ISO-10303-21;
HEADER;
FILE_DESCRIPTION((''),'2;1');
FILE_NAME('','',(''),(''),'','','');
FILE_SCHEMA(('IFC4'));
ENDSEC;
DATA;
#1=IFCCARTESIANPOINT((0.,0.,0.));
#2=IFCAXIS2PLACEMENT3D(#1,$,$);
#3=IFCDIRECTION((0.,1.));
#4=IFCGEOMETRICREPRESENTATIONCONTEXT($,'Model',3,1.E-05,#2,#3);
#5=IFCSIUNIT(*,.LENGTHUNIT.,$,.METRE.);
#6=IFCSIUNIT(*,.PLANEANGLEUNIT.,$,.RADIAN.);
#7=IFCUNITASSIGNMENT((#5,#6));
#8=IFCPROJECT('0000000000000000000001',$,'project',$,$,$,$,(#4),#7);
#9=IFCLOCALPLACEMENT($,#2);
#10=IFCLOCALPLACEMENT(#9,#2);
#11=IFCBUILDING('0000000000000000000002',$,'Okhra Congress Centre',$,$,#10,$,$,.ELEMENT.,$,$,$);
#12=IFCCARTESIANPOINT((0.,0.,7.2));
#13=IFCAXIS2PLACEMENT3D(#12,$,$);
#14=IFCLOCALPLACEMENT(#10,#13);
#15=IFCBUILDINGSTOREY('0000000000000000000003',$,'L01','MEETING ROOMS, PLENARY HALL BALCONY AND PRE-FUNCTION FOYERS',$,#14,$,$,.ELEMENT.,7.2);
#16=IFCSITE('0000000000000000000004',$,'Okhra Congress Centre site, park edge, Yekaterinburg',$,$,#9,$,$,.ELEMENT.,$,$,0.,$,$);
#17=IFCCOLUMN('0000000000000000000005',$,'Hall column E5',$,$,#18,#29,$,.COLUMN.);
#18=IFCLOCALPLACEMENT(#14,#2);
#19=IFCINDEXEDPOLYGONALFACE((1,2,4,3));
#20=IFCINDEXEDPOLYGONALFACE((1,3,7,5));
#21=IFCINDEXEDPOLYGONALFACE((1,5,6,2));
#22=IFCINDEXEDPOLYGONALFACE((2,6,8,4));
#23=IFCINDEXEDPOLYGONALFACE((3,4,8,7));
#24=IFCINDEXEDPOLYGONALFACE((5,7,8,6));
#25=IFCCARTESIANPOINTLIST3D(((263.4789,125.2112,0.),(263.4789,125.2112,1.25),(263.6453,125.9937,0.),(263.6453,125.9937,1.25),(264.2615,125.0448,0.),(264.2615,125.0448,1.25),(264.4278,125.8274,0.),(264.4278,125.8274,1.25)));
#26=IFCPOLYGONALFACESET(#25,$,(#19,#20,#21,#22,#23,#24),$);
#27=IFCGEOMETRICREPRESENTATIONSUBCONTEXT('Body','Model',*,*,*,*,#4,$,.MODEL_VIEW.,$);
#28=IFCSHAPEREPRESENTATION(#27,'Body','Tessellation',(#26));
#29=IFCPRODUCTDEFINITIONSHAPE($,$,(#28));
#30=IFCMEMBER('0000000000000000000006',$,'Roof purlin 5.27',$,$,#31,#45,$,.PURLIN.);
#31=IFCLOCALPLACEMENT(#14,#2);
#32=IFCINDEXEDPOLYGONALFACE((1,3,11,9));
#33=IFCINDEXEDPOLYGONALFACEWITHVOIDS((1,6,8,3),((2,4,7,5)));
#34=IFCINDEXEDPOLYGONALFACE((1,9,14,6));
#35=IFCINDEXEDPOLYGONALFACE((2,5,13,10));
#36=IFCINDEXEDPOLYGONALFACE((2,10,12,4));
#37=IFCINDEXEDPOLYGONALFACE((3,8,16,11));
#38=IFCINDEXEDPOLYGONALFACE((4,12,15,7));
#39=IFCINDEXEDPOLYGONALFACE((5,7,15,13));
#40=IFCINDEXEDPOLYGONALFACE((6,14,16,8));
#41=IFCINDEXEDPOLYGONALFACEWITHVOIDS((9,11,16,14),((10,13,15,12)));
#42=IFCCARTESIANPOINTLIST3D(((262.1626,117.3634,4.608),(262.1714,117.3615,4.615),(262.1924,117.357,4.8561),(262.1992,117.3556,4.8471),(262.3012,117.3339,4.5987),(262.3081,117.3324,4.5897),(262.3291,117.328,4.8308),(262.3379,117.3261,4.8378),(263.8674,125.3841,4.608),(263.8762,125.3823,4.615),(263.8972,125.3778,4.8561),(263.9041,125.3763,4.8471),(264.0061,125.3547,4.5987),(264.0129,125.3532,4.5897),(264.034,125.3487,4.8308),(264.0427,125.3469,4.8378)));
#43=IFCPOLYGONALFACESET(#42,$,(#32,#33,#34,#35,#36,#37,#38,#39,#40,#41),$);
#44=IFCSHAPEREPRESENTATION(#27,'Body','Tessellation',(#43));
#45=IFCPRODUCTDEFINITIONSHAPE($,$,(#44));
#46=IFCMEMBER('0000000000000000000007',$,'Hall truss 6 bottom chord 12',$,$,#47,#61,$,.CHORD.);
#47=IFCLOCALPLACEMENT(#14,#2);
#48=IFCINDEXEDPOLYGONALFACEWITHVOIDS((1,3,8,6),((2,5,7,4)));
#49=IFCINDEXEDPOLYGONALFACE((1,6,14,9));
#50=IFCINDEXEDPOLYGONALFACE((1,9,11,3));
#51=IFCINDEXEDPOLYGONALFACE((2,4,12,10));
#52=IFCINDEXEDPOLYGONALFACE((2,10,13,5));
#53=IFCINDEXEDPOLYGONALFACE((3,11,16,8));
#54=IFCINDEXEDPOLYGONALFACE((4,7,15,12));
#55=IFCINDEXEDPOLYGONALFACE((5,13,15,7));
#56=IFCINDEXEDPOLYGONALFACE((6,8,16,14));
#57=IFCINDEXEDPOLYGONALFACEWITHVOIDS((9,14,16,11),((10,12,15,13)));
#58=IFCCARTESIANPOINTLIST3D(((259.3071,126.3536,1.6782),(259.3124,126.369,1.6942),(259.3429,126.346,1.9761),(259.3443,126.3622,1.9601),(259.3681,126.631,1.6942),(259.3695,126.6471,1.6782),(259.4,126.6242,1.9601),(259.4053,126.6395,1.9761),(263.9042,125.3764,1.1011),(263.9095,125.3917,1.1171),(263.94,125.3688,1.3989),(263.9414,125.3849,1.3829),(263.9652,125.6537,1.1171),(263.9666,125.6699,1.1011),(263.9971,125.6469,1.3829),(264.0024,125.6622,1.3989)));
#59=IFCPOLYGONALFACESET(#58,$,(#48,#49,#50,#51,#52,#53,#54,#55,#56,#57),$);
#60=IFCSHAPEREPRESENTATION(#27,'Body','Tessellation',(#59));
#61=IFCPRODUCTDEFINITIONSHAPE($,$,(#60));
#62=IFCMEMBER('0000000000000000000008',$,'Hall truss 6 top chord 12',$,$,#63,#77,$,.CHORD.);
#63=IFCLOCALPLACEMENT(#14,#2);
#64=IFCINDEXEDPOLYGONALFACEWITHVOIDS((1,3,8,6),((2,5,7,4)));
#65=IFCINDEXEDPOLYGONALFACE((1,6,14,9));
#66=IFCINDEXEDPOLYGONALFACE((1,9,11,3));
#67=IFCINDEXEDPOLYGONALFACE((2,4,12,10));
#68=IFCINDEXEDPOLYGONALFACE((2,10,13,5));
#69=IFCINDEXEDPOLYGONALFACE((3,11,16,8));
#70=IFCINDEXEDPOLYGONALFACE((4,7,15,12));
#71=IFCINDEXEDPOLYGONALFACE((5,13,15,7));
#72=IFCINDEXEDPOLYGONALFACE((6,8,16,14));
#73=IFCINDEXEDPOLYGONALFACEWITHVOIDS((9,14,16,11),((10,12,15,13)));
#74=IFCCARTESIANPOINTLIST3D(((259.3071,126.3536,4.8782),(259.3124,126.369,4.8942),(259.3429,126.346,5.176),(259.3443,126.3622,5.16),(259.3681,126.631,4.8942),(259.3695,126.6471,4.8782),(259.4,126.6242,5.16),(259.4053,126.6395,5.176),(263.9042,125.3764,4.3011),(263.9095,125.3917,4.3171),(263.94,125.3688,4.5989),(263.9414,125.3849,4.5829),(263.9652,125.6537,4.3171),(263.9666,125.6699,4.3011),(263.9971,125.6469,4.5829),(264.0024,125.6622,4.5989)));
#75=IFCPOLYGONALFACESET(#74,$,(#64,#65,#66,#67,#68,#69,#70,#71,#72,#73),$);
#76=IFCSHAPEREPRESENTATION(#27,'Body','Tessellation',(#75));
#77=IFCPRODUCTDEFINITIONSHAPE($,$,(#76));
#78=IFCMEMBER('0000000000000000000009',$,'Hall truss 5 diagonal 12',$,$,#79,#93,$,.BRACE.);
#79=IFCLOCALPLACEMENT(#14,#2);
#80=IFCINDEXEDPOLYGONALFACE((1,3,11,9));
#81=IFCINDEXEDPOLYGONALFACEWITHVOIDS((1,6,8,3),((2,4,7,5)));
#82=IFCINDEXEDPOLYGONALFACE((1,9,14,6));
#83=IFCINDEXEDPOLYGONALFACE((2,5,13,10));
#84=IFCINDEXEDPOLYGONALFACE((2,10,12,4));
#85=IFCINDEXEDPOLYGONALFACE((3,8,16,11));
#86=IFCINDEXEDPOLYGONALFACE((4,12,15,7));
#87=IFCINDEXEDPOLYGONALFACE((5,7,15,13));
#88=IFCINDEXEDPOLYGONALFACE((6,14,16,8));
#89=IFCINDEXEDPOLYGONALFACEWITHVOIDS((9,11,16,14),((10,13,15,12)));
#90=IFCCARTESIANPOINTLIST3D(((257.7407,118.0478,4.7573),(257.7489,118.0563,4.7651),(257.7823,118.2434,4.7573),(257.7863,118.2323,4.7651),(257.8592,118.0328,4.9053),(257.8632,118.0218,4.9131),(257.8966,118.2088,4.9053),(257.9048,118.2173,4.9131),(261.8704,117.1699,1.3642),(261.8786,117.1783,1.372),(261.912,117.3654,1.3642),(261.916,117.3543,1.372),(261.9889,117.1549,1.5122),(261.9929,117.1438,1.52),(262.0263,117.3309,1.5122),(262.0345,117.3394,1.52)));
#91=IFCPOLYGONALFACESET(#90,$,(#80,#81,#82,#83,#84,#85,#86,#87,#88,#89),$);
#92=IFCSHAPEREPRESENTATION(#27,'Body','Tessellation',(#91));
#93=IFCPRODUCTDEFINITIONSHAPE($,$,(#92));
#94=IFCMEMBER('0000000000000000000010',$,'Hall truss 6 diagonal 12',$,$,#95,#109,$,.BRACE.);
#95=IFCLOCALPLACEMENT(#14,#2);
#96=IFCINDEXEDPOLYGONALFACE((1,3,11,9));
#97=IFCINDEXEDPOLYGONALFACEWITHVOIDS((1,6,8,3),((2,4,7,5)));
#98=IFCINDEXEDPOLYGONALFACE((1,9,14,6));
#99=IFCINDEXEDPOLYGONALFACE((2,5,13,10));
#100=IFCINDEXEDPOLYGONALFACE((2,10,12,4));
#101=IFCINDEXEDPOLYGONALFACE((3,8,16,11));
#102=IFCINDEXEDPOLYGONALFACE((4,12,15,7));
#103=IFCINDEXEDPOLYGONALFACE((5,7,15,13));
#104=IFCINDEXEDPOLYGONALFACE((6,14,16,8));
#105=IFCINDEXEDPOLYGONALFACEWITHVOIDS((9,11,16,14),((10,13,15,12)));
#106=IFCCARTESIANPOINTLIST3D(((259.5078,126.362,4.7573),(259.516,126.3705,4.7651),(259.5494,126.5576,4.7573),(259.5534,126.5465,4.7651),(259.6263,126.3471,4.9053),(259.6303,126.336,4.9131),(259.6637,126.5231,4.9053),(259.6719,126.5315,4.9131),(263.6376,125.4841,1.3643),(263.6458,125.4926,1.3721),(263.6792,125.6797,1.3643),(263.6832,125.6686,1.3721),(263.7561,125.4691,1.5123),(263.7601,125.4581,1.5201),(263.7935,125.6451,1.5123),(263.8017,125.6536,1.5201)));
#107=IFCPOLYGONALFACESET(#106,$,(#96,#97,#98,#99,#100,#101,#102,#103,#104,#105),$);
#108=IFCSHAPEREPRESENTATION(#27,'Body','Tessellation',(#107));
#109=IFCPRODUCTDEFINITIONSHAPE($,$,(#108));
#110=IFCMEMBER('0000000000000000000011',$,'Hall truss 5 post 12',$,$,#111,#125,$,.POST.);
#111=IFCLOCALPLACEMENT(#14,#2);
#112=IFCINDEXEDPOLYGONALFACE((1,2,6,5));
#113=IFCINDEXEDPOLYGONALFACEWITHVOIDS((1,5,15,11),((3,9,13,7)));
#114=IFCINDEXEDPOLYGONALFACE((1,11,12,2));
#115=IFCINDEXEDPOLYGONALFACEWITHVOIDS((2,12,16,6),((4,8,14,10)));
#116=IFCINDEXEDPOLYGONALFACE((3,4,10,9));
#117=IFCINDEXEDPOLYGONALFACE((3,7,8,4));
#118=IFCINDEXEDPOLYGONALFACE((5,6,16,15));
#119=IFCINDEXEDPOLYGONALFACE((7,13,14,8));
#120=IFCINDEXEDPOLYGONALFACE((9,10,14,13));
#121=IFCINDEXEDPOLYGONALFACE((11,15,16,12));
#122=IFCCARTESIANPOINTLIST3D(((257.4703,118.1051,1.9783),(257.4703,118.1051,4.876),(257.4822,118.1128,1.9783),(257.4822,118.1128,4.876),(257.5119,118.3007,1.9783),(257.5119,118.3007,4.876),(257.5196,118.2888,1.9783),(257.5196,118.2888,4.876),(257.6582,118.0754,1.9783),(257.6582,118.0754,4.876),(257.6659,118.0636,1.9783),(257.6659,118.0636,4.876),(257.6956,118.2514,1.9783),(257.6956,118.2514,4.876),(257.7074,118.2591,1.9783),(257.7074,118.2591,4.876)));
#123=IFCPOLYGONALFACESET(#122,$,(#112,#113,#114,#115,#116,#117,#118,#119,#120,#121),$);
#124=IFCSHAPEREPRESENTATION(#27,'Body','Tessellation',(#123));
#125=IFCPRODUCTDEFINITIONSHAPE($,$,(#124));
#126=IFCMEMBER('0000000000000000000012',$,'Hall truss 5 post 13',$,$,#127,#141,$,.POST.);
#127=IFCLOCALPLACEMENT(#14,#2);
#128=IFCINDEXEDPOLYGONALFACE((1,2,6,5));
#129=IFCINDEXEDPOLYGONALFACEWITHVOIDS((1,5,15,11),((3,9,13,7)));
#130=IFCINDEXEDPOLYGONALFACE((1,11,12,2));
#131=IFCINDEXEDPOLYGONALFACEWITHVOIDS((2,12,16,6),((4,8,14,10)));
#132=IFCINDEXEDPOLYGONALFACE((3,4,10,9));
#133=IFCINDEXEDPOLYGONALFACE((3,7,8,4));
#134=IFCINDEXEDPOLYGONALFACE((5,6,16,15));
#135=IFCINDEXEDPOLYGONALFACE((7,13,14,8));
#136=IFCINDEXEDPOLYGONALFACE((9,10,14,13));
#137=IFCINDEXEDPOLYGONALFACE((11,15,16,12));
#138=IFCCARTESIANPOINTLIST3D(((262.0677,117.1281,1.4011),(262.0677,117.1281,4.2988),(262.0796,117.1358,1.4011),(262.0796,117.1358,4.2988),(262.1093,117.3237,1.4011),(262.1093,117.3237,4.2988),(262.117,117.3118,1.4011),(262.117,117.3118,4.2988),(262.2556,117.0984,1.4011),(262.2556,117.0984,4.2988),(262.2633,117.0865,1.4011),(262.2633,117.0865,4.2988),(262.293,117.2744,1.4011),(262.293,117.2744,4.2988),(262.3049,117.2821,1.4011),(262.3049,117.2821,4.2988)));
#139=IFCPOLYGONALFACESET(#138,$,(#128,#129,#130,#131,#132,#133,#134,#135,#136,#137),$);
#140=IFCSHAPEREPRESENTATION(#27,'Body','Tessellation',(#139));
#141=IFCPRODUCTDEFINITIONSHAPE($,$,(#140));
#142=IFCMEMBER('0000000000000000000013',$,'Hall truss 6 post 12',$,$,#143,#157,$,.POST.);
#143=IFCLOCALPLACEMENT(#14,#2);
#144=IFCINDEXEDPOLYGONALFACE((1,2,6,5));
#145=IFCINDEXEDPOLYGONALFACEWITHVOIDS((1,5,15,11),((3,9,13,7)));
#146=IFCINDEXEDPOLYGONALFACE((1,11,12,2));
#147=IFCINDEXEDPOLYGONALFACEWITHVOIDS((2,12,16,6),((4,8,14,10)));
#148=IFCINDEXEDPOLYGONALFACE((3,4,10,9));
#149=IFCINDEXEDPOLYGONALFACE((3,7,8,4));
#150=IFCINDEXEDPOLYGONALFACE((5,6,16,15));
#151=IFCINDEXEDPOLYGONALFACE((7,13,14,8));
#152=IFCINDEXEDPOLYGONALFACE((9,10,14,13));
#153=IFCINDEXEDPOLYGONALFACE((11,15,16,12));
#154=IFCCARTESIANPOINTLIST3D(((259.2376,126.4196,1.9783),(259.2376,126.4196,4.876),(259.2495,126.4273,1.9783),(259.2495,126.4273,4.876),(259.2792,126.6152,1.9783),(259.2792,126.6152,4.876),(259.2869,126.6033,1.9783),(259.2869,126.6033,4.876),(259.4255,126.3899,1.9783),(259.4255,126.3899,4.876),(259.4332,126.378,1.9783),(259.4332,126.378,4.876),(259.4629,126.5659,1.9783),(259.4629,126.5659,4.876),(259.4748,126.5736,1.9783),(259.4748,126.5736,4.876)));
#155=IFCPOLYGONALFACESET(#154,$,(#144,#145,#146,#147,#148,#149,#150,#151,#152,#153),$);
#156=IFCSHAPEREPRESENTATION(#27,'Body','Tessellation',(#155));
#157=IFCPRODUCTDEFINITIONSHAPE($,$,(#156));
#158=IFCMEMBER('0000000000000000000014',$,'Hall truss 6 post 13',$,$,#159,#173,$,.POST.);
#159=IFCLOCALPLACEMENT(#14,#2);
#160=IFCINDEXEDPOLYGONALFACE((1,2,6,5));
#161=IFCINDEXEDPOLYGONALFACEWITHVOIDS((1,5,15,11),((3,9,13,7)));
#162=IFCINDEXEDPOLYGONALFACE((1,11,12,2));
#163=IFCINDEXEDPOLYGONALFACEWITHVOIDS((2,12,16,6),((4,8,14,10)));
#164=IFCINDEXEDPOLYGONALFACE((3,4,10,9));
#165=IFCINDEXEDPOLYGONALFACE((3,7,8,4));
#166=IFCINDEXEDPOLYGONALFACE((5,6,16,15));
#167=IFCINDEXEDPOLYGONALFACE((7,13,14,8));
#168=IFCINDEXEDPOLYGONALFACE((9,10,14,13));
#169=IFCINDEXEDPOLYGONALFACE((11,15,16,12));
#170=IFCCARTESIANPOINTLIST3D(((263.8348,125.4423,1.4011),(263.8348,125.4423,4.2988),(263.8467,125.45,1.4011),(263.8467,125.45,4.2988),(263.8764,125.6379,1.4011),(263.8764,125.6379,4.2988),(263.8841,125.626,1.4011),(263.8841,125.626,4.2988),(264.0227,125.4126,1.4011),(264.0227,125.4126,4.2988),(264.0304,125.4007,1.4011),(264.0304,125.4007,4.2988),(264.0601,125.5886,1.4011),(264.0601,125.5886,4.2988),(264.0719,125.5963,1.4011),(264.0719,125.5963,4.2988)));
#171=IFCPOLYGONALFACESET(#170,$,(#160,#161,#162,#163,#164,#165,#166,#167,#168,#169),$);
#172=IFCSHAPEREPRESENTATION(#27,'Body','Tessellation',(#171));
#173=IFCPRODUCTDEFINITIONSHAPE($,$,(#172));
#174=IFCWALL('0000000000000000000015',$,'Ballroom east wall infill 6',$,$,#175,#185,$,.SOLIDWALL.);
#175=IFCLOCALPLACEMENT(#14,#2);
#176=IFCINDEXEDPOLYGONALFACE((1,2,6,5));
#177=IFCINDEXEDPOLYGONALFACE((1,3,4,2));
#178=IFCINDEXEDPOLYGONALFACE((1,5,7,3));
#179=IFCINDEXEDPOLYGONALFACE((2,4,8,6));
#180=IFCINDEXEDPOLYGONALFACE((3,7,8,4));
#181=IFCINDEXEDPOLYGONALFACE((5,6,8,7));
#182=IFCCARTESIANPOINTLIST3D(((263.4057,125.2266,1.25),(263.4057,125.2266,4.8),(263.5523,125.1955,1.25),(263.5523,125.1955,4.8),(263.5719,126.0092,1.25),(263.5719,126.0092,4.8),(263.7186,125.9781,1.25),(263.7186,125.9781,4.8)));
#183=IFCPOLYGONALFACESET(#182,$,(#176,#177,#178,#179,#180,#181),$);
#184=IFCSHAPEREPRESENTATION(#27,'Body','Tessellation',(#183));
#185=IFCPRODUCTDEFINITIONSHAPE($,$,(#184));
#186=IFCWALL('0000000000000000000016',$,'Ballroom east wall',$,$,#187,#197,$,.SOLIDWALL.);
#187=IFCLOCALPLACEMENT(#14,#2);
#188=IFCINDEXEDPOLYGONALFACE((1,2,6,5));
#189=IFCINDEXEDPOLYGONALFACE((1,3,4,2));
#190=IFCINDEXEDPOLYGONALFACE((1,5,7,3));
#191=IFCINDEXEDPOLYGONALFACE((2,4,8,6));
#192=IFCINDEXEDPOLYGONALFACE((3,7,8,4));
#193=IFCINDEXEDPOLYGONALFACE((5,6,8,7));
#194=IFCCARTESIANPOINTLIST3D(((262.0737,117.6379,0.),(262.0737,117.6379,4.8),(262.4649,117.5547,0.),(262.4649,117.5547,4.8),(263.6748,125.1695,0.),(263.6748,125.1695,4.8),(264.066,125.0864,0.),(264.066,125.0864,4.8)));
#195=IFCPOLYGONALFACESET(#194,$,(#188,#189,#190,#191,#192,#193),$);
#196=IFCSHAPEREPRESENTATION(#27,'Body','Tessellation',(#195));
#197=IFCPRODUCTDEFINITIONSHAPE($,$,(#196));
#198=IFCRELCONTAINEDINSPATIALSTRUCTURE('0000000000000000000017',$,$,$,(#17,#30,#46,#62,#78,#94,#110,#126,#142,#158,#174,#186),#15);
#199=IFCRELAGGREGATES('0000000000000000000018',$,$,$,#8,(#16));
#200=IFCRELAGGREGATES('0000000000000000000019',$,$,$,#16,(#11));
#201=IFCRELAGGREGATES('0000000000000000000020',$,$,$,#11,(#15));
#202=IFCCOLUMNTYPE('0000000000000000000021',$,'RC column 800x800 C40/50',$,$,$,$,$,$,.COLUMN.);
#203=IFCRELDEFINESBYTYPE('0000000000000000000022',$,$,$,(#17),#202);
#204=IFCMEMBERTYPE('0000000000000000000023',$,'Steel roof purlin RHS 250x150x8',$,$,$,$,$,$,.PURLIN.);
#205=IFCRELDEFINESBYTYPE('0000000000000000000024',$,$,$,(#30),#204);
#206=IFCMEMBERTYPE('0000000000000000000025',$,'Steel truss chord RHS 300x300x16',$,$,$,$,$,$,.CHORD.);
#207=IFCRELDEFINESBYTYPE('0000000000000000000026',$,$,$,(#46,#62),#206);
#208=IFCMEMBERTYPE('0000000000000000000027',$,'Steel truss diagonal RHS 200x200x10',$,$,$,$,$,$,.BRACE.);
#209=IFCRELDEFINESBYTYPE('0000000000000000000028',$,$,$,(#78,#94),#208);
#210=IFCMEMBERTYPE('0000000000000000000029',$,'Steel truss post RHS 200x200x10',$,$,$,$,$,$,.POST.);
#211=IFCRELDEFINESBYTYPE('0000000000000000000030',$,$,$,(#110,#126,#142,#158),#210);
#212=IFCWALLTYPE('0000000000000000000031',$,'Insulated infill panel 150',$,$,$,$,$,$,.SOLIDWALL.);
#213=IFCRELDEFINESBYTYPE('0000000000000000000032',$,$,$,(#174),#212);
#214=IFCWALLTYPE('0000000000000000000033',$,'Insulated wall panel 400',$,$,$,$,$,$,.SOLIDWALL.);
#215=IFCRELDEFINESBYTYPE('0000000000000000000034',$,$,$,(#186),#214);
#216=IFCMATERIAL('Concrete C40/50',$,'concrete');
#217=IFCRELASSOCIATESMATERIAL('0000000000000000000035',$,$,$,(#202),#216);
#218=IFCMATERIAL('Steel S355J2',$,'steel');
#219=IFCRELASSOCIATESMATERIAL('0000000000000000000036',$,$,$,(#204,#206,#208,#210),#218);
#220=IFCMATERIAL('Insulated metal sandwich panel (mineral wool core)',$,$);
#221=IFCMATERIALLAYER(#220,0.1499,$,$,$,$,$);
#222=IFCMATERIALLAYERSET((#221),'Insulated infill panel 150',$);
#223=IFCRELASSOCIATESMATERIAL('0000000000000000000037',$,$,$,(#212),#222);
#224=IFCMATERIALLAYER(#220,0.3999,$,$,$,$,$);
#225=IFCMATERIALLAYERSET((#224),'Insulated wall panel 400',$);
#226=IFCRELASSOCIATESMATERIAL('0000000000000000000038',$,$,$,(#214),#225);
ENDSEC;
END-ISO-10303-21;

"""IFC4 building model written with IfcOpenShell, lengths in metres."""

from ifc_helpers import new_model, si_unit, direction, frame, frame_2d, origin, origin_2d, place, context, subcontext, project, spatial, rectangle, hollow_rectangle, extrude, material, layer, layer_set, material_profile, profile_set, type_object, element, save


model = new_model("IFC4")

# Units and contexts
model_context = context("Model", 3, precision=1e-05, world=origin(), true_north=direction((0.0, 1.0)))
body_context = subcontext(model_context, "Body", "Model", "MODEL_VIEW")
ifc_project = project(units=[si_unit("LENGTHUNIT", "METRE"), si_unit("PLANEANGLEUNIT", "RADIAN")], contexts=[model_context])

# Site, building, storey
site_placement = place(None, origin())
site = spatial("IfcSite", under=ifc_project, at=site_placement, Name="Okhra Congress Centre site, park edge, Yekaterinburg", CompositionType="ELEMENT", RefElevation=0.0)
building_placement = place(site_placement, origin())
building = spatial("IfcBuilding", under=site, at=building_placement, Name="Okhra Congress Centre", CompositionType="ELEMENT")
storey_placement = place(building_placement, frame((0.0, 0.0, 7.2)))
storey = spatial("IfcBuildingStorey", under=building, at=storey_placement, Name="L01", Description="MEETING ROOMS, PLENARY HALL BALCONY AND PRE-FUNCTION FOYERS", CompositionType="ELEMENT", Elevation=7.2)

# Column
ifc_material_1 = material(Name="Concrete C40/50", Category="concrete")
ifc_material_profile_1 = material_profile(ifc_material_1, rectangle(XDim=0.8, YDim=0.8, at=origin_2d()), Name="RC 800x800")
ifc_profile_set_1 = profile_set([ifc_material_profile_1], Name="Concrete C40/50")
column_type = type_object("IfcColumnType", Name="RC column 800x800 C40/50", PredefinedType="COLUMN", material=ifc_profile_set_1)
column_placement = place(storey_placement, frame((263.9534, 125.5193, 0.0), z_axis=(0.0, 0.0, 1.0), x_axis=(0.978148, -0.207912, 0.0)))
element("IfcColumn", 1, at=column_placement, inside=storey, type_object=column_type, Name="Hall column E5", PredefinedType="COLUMN", context=body_context, shape_type="SweptSolid", body=[
    extrude(rectangle(XDim=0.8, YDim=0.8, at=origin_2d()), origin(), (0.0, 0.0, 1.0), 1.25),
])

# Members
ifc_material_2 = material(Name="Steel S355J2", Category="steel")
ifc_material_profile_2 = material_profile(ifc_material_2, hollow_rectangle(XDim=0.1499, YDim=0.25, WallThickness=0.0081, at=origin_2d()), Name="RHS 250x150x8")
ifc_profile_set_2 = profile_set([ifc_material_profile_2], Name="Steel S355J2")
member_type_1 = type_object("IfcMemberType", Name="Steel roof purlin RHS 250x150x8", PredefinedType="PURLIN", material=ifc_profile_set_2)
member_placement = place(storey_placement, frame((262.2502, 117.3447, 4.7229), z_axis=(0.207908, 0.978148, 0.0), x_axis=(-0.970857, 0.206359, 0.121869)))
element("IfcMember", 2, at=member_placement, inside=storey, type_object=member_type_1, Name="Roof purlin 5.27", PredefinedType="PURLIN", context=body_context, shape_type="SweptSolid", body=[
    extrude(hollow_rectangle(XDim=0.1499, YDim=0.25, WallThickness=0.0081, at=origin_2d()), origin(), (0.0, 0.0, 1.0), 8.2),
])
ifc_material_profile_3 = material_profile(ifc_material_2, hollow_rectangle(XDim=0.3, YDim=0.3, WallThickness=0.0161, at=origin_2d()), Name="RHS 300x300x16")
ifc_profile_set_3 = profile_set([ifc_material_profile_3], Name="Steel S355J2")
member_type_2 = type_object("IfcMemberType", Name="Steel truss chord RHS 300x300x16", PredefinedType="CHORD", material=ifc_profile_set_3)
for number, where, z_axis, x_axis, name in (
    (3, (259.3562, 126.4966, 1.8271), (0.970849, -0.206389, -0.121885), (0.20794, 0.978142, 0.0), "Hall truss 6 bottom chord 12"),
    (4, (259.3562, 126.4966, 5.0271), (0.970849, -0.206389, -0.121885), (0.20794, 0.978142, 0.0), "Hall truss 6 top chord 12"),
):
    element("IfcMember", number, at=place(storey_placement, frame(where, z_axis=z_axis, x_axis=x_axis)), inside=storey, type_object=member_type_2, Name=name, PredefinedType="CHORD", context=body_context, shape_type="SweptSolid", body=[
        extrude(hollow_rectangle(XDim=0.3, YDim=0.3, WallThickness=0.0161, at=origin_2d()), origin(), (0.0, 0.0, 1.0), 4.7351),
    ])
ifc_material_profile_4 = material_profile(ifc_material_2, hollow_rectangle(XDim=0.2, YDim=0.2, WallThickness=0.01, at=origin_2d()), Name="RHS 200x200x10 diagonal")
ifc_profile_set_4 = profile_set([ifc_material_profile_4], Name="Steel S355J2")
member_type_3 = type_object("IfcMemberType", Name="Steel truss diagonal RHS 200x200x10", PredefinedType="BRACE", material=ifc_profile_set_4)
for number, where, z_axis, x_axis, name in (
    (5, (257.8228, 118.1326, 4.8352), (0.76243, -0.162087, -0.626441), (0.207945, 0.97814, 0.0), "Hall truss 5 diagonal 12"),
    (6, (259.5898, 126.4468, 4.8352), (0.762449, -0.162081, -0.62642), (0.207933, 0.978143, 0.0), "Hall truss 6 diagonal 12"),
):
    element("IfcMember", number, at=place(storey_placement, frame(where, z_axis=z_axis, x_axis=x_axis)), inside=storey, type_object=member_type_3, Name=name, PredefinedType="BRACE", context=body_context, shape_type="SweptSolid", body=[
        extrude(hollow_rectangle(XDim=0.2, YDim=0.2, WallThickness=0.01, at=origin_2d()), origin(), (0.0, 0.0, 1.0), 5.4165),
    ])
ifc_material_profile_5 = material_profile(ifc_material_2, hollow_rectangle(XDim=0.2, YDim=0.2, WallThickness=0.01, at=origin_2d()), Name="RHS 200x200x10")
ifc_profile_set_5 = profile_set([ifc_material_profile_5], Name="Steel S355J2")
member_type_4 = type_object("IfcMemberType", Name="Steel truss post RHS 200x200x10", PredefinedType="POST", material=ifc_profile_set_5)
for number, where, z_axis, x_axis, name in (
    (7, (257.5889, 118.1821, 1.9783), (0.0, 0.0, 1.0), (0.978148, -0.207912, 0.0), "Hall truss 5 post 12"),
    (8, (262.1863, 117.2051, 1.4011), (0.0, 0.0, 1.0), (0.978148, -0.207912, 0.0), "Hall truss 5 post 13"),
    (9, (259.3562, 126.4966, 1.9783), (0.0, 0.0, 1.0), (0.978148, -0.207912, 0.0), "Hall truss 6 post 12"),
    (10, (263.9534, 125.5193, 1.4011), (0.0, 0.0, 1.0), (0.978148, -0.207912, 0.0), "Hall truss 6 post 13"),
):
    element("IfcMember", number, at=place(storey_placement, frame(where, z_axis=z_axis, x_axis=x_axis)), inside=storey, type_object=member_type_4, Name=name, PredefinedType="POST", context=body_context, shape_type="SweptSolid", body=[
        extrude(hollow_rectangle(XDim=0.2, YDim=0.2, WallThickness=0.01, at=origin_2d()), origin(), (0.0, 0.0, 1.0), 2.8977),
    ])

# Walls
ifc_material_3 = material(Name="Insulated metal sandwich panel (mineral wool core)")
ifc_layer_1 = layer(ifc_material_3, 0.1499)
ifc_layer_set_1 = layer_set([ifc_layer_1], Name="Insulated infill panel 150")
wall_type_1 = type_object("IfcWallType", Name="Insulated infill panel 150", PredefinedType="SOLIDWALL", material=ifc_layer_set_1)
wall_1_placement = place(storey_placement, frame((263.479, 125.2112, 1.25), z_axis=(0.0, 0.0, 1.0), x_axis=(0.207841, 0.978163, 0.0)))
element("IfcWall", 11, at=wall_1_placement, inside=storey, type_object=wall_type_1, Name="Ballroom east wall infill 6", PredefinedType="SOLIDWALL", context=body_context, shape_type="SweptSolid", body=[
    extrude(rectangle(XDim=0.8, YDim=0.1499, at=frame_2d((0.3999, 0.0))), origin(), (0.0, 0.0, 1.0), 3.55),
])
ifc_layer_2 = layer(ifc_material_3, 0.3999)
ifc_layer_set_2 = layer_set([ifc_layer_2], Name="Insulated wall panel 400")
wall_type_2 = type_object("IfcWallType", Name="Insulated wall panel 400", PredefinedType="SOLIDWALL", material=ifc_layer_set_2)
wall_2_placement = place(storey_placement, frame((262.2693, 117.5962, 0.0), z_axis=(0.0, 0.0, 1.0), x_axis=(0.207931, 0.978144, 0.0)))
element("IfcWall", 12, at=wall_2_placement, inside=storey, type_object=wall_type_2, Name="Ballroom east wall", PredefinedType="SOLIDWALL", context=body_context, shape_type="SweptSolid", body=[
    extrude(rectangle(XDim=7.7, YDim=0.3999, at=frame_2d((3.8501, 0.0))), origin(), (0.0, 0.0, 1.0), 4.8),
])

save(model, "model.ifc")
